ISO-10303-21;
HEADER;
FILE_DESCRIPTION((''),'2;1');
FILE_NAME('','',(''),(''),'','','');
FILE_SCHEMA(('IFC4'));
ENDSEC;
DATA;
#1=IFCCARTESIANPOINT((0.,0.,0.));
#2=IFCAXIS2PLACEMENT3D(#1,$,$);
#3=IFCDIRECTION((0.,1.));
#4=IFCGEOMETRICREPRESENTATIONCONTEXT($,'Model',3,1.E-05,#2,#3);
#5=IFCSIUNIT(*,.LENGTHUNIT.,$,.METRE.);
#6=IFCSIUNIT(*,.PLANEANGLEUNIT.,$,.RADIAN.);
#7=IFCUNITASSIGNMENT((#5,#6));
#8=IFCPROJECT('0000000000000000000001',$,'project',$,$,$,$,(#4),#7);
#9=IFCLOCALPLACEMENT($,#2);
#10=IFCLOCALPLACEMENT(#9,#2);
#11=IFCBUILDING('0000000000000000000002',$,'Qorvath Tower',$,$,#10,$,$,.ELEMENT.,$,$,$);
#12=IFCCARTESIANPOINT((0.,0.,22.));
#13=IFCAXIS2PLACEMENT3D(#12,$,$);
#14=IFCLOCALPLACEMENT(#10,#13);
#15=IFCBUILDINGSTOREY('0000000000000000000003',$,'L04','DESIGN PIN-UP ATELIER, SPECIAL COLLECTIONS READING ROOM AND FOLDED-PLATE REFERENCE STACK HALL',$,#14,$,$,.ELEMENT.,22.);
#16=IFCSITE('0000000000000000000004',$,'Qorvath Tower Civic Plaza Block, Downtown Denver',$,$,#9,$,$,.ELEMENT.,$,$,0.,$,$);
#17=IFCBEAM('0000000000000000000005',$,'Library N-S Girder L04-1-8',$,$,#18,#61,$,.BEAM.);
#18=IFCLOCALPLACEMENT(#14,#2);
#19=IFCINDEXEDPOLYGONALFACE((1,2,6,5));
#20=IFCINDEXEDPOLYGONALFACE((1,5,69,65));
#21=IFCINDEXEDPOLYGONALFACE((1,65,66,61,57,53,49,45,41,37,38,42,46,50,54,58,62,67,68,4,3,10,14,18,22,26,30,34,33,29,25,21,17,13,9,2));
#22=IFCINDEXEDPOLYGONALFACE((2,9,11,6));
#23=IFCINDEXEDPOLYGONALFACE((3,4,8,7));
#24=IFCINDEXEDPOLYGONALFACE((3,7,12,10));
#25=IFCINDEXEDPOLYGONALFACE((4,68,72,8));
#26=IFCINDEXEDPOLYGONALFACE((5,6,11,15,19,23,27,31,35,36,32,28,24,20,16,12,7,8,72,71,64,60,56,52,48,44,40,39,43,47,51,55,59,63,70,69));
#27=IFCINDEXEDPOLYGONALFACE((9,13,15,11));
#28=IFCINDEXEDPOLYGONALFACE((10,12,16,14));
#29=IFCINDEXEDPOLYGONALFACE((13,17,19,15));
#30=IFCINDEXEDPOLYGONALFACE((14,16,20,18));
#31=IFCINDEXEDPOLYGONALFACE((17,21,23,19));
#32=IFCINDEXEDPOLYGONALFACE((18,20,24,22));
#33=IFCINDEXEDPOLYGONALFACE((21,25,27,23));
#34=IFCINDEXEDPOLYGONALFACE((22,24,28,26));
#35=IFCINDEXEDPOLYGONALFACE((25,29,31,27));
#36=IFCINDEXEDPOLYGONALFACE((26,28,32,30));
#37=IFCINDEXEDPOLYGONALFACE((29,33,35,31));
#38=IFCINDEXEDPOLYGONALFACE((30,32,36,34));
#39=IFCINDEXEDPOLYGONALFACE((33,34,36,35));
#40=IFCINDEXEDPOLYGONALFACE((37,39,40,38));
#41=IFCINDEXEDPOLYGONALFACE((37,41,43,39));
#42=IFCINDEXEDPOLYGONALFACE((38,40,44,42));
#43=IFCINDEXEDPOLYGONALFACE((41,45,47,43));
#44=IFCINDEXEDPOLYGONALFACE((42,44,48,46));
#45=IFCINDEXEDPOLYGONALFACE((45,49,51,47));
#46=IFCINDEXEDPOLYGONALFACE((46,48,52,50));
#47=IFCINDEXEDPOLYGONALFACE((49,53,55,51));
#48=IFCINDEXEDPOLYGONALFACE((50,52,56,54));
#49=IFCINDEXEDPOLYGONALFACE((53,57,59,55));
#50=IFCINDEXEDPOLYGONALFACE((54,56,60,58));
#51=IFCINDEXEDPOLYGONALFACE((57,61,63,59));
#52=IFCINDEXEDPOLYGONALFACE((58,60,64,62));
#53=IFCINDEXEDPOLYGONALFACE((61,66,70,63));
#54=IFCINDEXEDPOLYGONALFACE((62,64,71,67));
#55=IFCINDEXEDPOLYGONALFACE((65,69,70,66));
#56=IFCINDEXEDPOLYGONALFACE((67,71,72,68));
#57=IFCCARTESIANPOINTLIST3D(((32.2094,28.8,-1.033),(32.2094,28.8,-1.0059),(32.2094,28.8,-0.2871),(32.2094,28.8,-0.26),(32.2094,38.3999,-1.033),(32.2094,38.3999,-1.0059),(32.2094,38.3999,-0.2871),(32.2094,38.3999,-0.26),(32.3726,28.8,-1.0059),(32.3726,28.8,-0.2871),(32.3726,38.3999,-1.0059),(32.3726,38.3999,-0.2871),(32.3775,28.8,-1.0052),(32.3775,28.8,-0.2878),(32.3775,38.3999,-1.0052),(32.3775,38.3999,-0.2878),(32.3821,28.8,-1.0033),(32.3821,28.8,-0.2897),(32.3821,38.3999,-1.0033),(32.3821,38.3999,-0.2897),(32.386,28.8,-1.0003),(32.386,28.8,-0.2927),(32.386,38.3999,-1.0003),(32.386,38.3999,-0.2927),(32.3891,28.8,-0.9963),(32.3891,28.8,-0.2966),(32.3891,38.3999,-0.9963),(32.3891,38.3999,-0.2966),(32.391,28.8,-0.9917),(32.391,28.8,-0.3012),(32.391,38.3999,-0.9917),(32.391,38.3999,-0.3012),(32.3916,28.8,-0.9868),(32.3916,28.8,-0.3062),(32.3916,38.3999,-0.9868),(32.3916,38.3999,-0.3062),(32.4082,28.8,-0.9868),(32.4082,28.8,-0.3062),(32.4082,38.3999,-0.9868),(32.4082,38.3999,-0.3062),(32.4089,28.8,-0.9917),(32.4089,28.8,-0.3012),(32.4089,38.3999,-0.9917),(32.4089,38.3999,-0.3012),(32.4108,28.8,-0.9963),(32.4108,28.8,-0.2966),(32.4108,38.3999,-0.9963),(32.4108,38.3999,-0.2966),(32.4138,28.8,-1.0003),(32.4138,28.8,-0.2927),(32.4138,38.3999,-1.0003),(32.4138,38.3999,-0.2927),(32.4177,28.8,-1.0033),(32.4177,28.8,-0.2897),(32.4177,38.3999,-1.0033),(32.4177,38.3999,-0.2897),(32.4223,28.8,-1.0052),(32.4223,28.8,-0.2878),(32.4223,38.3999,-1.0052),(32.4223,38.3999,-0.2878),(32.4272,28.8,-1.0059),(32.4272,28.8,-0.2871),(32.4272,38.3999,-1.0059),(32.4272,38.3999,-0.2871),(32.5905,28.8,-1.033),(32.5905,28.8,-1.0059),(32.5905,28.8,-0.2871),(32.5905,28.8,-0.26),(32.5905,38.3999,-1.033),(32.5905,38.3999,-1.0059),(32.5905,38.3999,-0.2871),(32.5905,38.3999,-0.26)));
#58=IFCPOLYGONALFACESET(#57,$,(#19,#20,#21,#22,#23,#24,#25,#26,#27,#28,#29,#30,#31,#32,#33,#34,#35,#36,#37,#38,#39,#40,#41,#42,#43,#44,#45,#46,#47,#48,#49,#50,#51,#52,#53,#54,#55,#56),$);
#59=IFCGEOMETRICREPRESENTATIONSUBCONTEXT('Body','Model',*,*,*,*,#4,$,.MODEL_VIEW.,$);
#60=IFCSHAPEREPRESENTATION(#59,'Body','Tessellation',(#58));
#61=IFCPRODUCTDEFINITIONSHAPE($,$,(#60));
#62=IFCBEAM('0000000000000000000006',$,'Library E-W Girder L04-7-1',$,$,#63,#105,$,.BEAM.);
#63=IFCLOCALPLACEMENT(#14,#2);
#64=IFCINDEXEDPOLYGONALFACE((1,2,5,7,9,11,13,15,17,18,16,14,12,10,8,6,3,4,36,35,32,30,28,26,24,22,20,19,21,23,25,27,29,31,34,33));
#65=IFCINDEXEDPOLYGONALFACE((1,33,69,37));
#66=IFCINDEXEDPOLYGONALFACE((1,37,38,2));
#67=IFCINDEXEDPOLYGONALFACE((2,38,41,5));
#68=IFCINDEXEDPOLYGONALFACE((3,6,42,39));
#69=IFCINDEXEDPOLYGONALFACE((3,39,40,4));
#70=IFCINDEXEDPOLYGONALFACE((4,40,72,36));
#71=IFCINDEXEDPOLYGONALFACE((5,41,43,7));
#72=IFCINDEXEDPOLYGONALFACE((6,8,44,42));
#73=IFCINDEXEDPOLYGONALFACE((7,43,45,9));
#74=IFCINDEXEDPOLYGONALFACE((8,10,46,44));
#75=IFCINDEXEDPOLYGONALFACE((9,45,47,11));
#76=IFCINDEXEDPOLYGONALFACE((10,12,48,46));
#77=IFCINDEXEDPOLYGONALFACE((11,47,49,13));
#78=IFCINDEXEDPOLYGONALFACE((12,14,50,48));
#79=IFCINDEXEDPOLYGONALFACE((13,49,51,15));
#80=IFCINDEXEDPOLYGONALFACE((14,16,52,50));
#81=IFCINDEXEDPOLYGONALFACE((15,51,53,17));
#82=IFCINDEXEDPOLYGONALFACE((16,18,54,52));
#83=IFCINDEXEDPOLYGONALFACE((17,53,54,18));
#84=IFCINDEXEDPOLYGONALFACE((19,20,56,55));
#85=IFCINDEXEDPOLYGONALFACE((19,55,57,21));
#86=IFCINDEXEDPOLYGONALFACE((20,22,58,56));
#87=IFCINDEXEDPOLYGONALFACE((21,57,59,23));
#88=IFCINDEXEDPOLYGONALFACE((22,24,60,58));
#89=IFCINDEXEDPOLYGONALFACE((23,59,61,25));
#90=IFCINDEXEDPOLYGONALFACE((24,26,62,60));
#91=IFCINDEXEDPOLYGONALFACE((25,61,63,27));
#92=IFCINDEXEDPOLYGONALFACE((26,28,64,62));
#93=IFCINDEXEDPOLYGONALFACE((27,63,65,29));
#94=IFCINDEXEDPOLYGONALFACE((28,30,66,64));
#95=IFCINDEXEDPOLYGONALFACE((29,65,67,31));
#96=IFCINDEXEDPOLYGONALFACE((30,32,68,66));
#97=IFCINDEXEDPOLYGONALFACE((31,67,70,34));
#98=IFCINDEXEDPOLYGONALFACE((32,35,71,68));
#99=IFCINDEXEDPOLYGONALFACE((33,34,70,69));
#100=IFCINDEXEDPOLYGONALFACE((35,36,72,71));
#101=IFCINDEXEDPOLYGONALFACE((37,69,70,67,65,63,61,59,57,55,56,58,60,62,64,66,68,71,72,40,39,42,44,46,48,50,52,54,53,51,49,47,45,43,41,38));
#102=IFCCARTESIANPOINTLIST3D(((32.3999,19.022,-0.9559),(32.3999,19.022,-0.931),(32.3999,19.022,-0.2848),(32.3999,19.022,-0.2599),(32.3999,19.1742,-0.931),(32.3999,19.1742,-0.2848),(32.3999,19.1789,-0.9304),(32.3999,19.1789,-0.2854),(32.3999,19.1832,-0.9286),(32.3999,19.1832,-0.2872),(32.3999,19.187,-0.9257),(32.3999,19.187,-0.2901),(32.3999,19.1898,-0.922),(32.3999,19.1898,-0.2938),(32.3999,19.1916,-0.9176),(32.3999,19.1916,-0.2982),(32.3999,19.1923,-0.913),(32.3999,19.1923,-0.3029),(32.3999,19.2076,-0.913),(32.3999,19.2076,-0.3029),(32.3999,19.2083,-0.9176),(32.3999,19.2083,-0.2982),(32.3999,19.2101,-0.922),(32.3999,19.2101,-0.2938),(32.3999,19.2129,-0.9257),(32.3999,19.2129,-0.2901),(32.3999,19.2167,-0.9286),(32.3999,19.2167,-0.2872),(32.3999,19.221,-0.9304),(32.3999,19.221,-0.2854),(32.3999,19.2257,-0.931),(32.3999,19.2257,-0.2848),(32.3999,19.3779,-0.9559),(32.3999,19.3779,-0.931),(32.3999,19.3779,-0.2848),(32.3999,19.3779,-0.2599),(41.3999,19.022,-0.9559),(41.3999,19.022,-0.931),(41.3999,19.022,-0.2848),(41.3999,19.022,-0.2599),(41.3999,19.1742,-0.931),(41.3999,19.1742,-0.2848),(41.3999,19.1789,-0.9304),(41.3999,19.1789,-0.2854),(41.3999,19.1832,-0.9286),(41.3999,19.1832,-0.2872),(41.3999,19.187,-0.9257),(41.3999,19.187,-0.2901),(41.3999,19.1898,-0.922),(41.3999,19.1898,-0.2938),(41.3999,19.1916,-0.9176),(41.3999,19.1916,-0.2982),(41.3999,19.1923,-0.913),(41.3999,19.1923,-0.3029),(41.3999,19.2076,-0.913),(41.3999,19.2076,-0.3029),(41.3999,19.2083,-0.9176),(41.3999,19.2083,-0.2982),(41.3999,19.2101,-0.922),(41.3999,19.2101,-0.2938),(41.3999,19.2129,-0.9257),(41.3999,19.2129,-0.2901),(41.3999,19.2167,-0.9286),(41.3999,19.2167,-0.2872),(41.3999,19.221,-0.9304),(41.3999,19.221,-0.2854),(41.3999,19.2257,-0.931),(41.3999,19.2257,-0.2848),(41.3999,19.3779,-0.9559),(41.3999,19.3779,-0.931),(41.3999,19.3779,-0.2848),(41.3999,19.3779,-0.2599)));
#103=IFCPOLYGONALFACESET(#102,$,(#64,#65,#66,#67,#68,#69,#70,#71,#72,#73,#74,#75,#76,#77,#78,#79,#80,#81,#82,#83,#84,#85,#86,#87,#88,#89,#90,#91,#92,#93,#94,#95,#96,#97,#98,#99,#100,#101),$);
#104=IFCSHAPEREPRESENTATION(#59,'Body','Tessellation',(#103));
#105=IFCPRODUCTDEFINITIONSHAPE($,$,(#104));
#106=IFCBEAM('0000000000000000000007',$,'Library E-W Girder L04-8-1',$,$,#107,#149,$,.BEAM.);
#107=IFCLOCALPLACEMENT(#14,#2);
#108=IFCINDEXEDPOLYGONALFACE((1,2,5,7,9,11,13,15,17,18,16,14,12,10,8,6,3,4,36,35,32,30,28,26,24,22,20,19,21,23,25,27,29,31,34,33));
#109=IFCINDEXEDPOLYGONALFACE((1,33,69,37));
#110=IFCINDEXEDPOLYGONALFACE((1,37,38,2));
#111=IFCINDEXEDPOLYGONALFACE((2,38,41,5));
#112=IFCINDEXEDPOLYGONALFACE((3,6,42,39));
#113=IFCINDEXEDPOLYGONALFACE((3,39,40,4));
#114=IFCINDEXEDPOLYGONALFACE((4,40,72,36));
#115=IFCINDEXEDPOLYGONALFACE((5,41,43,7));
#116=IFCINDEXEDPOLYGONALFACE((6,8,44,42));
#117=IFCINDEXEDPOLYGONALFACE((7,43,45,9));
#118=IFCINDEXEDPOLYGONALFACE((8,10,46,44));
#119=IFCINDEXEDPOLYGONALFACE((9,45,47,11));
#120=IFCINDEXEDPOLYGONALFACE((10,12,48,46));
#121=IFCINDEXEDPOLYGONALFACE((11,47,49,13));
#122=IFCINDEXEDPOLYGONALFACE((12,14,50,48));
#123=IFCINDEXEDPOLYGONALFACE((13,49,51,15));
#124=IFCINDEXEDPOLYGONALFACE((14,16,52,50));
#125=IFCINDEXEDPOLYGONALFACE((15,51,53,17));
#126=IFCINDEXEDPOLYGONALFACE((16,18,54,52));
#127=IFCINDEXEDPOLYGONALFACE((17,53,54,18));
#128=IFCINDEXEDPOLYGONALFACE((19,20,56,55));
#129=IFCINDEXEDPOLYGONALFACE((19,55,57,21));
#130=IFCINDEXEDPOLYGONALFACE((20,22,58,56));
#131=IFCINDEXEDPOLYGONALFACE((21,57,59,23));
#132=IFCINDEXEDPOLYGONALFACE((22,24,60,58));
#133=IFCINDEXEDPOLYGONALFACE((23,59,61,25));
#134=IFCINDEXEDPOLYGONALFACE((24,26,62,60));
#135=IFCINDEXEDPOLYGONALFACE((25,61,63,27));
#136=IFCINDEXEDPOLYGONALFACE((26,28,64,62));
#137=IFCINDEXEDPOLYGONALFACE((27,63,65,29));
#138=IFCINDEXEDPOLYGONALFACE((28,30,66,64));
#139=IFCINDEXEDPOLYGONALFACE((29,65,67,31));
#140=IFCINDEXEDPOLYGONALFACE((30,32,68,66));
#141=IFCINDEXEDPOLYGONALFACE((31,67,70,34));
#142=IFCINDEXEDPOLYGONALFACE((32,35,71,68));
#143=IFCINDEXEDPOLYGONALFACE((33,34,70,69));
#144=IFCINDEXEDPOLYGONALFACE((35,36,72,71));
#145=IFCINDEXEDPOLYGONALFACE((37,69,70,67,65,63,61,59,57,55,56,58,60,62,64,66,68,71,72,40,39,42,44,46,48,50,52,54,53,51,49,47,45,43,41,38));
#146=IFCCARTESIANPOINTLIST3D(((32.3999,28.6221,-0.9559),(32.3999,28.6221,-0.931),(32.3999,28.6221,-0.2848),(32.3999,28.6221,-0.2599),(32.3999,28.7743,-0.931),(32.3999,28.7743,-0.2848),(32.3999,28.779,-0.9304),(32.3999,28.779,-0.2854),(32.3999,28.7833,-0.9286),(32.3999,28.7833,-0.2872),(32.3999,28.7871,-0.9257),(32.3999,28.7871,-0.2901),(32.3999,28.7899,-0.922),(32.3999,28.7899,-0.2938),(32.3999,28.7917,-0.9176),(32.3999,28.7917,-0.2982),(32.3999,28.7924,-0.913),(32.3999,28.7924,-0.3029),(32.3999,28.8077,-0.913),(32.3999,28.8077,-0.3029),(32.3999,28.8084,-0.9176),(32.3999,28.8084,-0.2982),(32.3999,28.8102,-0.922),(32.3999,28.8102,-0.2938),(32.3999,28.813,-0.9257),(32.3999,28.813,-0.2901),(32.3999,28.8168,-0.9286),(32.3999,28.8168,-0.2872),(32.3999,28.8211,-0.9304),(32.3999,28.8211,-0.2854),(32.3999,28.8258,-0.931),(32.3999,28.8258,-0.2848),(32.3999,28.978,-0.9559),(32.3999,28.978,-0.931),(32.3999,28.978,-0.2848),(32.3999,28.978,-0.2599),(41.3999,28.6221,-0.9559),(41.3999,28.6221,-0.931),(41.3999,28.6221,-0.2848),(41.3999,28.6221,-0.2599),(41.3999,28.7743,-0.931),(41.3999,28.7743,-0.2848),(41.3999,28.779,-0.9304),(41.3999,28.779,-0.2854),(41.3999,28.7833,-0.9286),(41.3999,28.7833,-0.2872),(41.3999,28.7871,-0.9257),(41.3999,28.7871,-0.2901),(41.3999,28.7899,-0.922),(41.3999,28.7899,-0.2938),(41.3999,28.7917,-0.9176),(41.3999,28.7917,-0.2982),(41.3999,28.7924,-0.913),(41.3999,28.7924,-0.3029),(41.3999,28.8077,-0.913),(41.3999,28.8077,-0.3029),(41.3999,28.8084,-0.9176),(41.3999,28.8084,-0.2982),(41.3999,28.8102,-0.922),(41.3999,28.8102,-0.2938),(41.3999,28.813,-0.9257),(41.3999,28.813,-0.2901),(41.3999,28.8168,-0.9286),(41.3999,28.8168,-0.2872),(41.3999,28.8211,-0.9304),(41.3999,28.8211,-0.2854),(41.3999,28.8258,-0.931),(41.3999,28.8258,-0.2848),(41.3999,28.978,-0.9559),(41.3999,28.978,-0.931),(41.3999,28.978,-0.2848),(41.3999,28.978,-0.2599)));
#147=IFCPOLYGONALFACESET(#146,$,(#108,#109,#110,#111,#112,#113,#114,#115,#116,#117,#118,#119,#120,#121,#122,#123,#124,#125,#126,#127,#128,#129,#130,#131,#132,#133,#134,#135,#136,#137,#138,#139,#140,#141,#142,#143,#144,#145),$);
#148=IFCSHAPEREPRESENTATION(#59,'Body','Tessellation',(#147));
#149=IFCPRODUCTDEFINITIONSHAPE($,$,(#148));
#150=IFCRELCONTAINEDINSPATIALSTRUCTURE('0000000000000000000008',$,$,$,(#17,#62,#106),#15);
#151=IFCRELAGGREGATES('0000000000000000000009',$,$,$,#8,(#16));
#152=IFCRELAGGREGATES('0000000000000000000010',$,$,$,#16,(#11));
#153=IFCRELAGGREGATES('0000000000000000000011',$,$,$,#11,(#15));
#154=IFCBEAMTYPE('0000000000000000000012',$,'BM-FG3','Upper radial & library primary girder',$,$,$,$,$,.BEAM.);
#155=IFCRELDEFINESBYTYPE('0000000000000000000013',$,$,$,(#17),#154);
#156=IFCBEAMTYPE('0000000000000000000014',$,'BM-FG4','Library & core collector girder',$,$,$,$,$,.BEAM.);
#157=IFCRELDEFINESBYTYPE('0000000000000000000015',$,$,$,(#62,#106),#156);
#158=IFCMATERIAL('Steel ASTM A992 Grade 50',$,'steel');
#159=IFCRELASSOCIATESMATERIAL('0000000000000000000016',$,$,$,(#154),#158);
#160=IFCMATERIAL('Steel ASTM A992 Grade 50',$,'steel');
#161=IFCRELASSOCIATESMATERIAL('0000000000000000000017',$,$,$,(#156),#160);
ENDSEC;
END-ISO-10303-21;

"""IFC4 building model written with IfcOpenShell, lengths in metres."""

from ifc_helpers import new_model, si_unit, direction, frame, origin, origin_2d, place, context, subcontext, project, spatial, i_section, extrude, material, material_profile, profile_set, type_object, element, save


model = new_model("IFC4")

# Units and contexts
model_context = context("Model", 3, precision=1e-05, world=origin(), true_north=direction((0.0, 1.0)))
body_context = subcontext(model_context, "Body", "Model", "MODEL_VIEW")
ifc_project = project(units=[si_unit("LENGTHUNIT", "METRE"), si_unit("PLANEANGLEUNIT", "RADIAN")], contexts=[model_context])

# Site, building, storey
site_placement = place(None, origin())
site = spatial("IfcSite", under=ifc_project, at=site_placement, Name="Qorvath Tower Civic Plaza Block, Downtown Denver", CompositionType="ELEMENT", RefElevation=0.0)
building_placement = place(site_placement, origin())
building = spatial("IfcBuilding", under=site, at=building_placement, Name="Qorvath Tower", CompositionType="ELEMENT")
storey_placement = place(building_placement, frame((0.0, 0.0, 22.0)))
storey = spatial("IfcBuildingStorey", under=building, at=storey_placement, Name="L04", Description="DESIGN PIN-UP ATELIER, SPECIAL COLLECTIONS READING ROOM AND FOLDED-PLATE REFERENCE STACK HALL", CompositionType="ELEMENT", Elevation=22.0)

# Beams
ifc_material_1 = material(Name="Steel ASTM A992 Grade 50", Category="steel")
ifc_material_profile_1 = material_profile(ifc_material_1, i_section(OverallWidth=0.3811, OverallDepth=0.7729, WebThickness=0.0166, FlangeThickness=0.0271, FilletRadius=0.019, at=origin_2d()), Name="W30x173")
ifc_profile_set_1 = profile_set([ifc_material_profile_1], Name="Steel ASTM A992 Grade 50")
beam_type_1 = type_object("IfcBeamType", Name="BM-FG3", Description="Upper radial & library primary girder", PredefinedType="BEAM", material=ifc_profile_set_1)
beam_1_placement = place(storey_placement, frame((32.3999, 28.8, -0.6465), z_axis=(0.0, 1.0, 0.0), x_axis=(-1.0, 0.0, 0.0)))
element("IfcBeam", 1, at=beam_1_placement, inside=storey, type_object=beam_type_1, Name="Library N-S Girder L04-1-8", PredefinedType="BEAM", context=body_context, shape_type="SweptSolid", body=[
    extrude(i_section(OverallWidth=0.3811, OverallDepth=0.7729, WebThickness=0.0166, FlangeThickness=0.0271, FilletRadius=0.019, at=origin_2d()), origin(), (0.0, 0.0, 1.0), 9.5999),
])
ifc_material_2 = material(Name="Steel ASTM A992 Grade 50", Category="steel")
ifc_material_profile_2 = material_profile(ifc_material_2, i_section(OverallWidth=0.356, OverallDepth=0.696, WebThickness=0.0154, FlangeThickness=0.0249, FilletRadius=0.0181, at=origin_2d()), Name="W27x146")
ifc_profile_set_2 = profile_set([ifc_material_profile_2], Name="Steel ASTM A992 Grade 50")
beam_type_2 = type_object("IfcBeamType", Name="BM-FG4", Description="Library & core collector girder", PredefinedType="BEAM", material=ifc_profile_set_2)
for number, where, z_axis, x_axis, name in (
    (2, (32.3999, 19.2, -0.6079), (1.0, 0.0, 0.0), (0.0, 1.0, 0.0), "Library E-W Girder L04-7-1"),
    (3, (32.3999, 28.8, -0.6079), (1.0, 0.0, 0.0), (0.0, 1.0, 0.0), "Library E-W Girder L04-8-1"),
):
    element("IfcBeam", number, at=place(storey_placement, frame(where, z_axis=z_axis, x_axis=x_axis)), inside=storey, type_object=beam_type_2, Name=name, PredefinedType="BEAM", context=body_context, shape_type="SweptSolid", body=[
        extrude(i_section(OverallWidth=0.356, OverallDepth=0.696, WebThickness=0.0154, FlangeThickness=0.0249, FilletRadius=0.0181, at=origin_2d()), origin(), (0.0, 0.0, 1.0), 9.0),
    ])

save(model, "model.ifc")
